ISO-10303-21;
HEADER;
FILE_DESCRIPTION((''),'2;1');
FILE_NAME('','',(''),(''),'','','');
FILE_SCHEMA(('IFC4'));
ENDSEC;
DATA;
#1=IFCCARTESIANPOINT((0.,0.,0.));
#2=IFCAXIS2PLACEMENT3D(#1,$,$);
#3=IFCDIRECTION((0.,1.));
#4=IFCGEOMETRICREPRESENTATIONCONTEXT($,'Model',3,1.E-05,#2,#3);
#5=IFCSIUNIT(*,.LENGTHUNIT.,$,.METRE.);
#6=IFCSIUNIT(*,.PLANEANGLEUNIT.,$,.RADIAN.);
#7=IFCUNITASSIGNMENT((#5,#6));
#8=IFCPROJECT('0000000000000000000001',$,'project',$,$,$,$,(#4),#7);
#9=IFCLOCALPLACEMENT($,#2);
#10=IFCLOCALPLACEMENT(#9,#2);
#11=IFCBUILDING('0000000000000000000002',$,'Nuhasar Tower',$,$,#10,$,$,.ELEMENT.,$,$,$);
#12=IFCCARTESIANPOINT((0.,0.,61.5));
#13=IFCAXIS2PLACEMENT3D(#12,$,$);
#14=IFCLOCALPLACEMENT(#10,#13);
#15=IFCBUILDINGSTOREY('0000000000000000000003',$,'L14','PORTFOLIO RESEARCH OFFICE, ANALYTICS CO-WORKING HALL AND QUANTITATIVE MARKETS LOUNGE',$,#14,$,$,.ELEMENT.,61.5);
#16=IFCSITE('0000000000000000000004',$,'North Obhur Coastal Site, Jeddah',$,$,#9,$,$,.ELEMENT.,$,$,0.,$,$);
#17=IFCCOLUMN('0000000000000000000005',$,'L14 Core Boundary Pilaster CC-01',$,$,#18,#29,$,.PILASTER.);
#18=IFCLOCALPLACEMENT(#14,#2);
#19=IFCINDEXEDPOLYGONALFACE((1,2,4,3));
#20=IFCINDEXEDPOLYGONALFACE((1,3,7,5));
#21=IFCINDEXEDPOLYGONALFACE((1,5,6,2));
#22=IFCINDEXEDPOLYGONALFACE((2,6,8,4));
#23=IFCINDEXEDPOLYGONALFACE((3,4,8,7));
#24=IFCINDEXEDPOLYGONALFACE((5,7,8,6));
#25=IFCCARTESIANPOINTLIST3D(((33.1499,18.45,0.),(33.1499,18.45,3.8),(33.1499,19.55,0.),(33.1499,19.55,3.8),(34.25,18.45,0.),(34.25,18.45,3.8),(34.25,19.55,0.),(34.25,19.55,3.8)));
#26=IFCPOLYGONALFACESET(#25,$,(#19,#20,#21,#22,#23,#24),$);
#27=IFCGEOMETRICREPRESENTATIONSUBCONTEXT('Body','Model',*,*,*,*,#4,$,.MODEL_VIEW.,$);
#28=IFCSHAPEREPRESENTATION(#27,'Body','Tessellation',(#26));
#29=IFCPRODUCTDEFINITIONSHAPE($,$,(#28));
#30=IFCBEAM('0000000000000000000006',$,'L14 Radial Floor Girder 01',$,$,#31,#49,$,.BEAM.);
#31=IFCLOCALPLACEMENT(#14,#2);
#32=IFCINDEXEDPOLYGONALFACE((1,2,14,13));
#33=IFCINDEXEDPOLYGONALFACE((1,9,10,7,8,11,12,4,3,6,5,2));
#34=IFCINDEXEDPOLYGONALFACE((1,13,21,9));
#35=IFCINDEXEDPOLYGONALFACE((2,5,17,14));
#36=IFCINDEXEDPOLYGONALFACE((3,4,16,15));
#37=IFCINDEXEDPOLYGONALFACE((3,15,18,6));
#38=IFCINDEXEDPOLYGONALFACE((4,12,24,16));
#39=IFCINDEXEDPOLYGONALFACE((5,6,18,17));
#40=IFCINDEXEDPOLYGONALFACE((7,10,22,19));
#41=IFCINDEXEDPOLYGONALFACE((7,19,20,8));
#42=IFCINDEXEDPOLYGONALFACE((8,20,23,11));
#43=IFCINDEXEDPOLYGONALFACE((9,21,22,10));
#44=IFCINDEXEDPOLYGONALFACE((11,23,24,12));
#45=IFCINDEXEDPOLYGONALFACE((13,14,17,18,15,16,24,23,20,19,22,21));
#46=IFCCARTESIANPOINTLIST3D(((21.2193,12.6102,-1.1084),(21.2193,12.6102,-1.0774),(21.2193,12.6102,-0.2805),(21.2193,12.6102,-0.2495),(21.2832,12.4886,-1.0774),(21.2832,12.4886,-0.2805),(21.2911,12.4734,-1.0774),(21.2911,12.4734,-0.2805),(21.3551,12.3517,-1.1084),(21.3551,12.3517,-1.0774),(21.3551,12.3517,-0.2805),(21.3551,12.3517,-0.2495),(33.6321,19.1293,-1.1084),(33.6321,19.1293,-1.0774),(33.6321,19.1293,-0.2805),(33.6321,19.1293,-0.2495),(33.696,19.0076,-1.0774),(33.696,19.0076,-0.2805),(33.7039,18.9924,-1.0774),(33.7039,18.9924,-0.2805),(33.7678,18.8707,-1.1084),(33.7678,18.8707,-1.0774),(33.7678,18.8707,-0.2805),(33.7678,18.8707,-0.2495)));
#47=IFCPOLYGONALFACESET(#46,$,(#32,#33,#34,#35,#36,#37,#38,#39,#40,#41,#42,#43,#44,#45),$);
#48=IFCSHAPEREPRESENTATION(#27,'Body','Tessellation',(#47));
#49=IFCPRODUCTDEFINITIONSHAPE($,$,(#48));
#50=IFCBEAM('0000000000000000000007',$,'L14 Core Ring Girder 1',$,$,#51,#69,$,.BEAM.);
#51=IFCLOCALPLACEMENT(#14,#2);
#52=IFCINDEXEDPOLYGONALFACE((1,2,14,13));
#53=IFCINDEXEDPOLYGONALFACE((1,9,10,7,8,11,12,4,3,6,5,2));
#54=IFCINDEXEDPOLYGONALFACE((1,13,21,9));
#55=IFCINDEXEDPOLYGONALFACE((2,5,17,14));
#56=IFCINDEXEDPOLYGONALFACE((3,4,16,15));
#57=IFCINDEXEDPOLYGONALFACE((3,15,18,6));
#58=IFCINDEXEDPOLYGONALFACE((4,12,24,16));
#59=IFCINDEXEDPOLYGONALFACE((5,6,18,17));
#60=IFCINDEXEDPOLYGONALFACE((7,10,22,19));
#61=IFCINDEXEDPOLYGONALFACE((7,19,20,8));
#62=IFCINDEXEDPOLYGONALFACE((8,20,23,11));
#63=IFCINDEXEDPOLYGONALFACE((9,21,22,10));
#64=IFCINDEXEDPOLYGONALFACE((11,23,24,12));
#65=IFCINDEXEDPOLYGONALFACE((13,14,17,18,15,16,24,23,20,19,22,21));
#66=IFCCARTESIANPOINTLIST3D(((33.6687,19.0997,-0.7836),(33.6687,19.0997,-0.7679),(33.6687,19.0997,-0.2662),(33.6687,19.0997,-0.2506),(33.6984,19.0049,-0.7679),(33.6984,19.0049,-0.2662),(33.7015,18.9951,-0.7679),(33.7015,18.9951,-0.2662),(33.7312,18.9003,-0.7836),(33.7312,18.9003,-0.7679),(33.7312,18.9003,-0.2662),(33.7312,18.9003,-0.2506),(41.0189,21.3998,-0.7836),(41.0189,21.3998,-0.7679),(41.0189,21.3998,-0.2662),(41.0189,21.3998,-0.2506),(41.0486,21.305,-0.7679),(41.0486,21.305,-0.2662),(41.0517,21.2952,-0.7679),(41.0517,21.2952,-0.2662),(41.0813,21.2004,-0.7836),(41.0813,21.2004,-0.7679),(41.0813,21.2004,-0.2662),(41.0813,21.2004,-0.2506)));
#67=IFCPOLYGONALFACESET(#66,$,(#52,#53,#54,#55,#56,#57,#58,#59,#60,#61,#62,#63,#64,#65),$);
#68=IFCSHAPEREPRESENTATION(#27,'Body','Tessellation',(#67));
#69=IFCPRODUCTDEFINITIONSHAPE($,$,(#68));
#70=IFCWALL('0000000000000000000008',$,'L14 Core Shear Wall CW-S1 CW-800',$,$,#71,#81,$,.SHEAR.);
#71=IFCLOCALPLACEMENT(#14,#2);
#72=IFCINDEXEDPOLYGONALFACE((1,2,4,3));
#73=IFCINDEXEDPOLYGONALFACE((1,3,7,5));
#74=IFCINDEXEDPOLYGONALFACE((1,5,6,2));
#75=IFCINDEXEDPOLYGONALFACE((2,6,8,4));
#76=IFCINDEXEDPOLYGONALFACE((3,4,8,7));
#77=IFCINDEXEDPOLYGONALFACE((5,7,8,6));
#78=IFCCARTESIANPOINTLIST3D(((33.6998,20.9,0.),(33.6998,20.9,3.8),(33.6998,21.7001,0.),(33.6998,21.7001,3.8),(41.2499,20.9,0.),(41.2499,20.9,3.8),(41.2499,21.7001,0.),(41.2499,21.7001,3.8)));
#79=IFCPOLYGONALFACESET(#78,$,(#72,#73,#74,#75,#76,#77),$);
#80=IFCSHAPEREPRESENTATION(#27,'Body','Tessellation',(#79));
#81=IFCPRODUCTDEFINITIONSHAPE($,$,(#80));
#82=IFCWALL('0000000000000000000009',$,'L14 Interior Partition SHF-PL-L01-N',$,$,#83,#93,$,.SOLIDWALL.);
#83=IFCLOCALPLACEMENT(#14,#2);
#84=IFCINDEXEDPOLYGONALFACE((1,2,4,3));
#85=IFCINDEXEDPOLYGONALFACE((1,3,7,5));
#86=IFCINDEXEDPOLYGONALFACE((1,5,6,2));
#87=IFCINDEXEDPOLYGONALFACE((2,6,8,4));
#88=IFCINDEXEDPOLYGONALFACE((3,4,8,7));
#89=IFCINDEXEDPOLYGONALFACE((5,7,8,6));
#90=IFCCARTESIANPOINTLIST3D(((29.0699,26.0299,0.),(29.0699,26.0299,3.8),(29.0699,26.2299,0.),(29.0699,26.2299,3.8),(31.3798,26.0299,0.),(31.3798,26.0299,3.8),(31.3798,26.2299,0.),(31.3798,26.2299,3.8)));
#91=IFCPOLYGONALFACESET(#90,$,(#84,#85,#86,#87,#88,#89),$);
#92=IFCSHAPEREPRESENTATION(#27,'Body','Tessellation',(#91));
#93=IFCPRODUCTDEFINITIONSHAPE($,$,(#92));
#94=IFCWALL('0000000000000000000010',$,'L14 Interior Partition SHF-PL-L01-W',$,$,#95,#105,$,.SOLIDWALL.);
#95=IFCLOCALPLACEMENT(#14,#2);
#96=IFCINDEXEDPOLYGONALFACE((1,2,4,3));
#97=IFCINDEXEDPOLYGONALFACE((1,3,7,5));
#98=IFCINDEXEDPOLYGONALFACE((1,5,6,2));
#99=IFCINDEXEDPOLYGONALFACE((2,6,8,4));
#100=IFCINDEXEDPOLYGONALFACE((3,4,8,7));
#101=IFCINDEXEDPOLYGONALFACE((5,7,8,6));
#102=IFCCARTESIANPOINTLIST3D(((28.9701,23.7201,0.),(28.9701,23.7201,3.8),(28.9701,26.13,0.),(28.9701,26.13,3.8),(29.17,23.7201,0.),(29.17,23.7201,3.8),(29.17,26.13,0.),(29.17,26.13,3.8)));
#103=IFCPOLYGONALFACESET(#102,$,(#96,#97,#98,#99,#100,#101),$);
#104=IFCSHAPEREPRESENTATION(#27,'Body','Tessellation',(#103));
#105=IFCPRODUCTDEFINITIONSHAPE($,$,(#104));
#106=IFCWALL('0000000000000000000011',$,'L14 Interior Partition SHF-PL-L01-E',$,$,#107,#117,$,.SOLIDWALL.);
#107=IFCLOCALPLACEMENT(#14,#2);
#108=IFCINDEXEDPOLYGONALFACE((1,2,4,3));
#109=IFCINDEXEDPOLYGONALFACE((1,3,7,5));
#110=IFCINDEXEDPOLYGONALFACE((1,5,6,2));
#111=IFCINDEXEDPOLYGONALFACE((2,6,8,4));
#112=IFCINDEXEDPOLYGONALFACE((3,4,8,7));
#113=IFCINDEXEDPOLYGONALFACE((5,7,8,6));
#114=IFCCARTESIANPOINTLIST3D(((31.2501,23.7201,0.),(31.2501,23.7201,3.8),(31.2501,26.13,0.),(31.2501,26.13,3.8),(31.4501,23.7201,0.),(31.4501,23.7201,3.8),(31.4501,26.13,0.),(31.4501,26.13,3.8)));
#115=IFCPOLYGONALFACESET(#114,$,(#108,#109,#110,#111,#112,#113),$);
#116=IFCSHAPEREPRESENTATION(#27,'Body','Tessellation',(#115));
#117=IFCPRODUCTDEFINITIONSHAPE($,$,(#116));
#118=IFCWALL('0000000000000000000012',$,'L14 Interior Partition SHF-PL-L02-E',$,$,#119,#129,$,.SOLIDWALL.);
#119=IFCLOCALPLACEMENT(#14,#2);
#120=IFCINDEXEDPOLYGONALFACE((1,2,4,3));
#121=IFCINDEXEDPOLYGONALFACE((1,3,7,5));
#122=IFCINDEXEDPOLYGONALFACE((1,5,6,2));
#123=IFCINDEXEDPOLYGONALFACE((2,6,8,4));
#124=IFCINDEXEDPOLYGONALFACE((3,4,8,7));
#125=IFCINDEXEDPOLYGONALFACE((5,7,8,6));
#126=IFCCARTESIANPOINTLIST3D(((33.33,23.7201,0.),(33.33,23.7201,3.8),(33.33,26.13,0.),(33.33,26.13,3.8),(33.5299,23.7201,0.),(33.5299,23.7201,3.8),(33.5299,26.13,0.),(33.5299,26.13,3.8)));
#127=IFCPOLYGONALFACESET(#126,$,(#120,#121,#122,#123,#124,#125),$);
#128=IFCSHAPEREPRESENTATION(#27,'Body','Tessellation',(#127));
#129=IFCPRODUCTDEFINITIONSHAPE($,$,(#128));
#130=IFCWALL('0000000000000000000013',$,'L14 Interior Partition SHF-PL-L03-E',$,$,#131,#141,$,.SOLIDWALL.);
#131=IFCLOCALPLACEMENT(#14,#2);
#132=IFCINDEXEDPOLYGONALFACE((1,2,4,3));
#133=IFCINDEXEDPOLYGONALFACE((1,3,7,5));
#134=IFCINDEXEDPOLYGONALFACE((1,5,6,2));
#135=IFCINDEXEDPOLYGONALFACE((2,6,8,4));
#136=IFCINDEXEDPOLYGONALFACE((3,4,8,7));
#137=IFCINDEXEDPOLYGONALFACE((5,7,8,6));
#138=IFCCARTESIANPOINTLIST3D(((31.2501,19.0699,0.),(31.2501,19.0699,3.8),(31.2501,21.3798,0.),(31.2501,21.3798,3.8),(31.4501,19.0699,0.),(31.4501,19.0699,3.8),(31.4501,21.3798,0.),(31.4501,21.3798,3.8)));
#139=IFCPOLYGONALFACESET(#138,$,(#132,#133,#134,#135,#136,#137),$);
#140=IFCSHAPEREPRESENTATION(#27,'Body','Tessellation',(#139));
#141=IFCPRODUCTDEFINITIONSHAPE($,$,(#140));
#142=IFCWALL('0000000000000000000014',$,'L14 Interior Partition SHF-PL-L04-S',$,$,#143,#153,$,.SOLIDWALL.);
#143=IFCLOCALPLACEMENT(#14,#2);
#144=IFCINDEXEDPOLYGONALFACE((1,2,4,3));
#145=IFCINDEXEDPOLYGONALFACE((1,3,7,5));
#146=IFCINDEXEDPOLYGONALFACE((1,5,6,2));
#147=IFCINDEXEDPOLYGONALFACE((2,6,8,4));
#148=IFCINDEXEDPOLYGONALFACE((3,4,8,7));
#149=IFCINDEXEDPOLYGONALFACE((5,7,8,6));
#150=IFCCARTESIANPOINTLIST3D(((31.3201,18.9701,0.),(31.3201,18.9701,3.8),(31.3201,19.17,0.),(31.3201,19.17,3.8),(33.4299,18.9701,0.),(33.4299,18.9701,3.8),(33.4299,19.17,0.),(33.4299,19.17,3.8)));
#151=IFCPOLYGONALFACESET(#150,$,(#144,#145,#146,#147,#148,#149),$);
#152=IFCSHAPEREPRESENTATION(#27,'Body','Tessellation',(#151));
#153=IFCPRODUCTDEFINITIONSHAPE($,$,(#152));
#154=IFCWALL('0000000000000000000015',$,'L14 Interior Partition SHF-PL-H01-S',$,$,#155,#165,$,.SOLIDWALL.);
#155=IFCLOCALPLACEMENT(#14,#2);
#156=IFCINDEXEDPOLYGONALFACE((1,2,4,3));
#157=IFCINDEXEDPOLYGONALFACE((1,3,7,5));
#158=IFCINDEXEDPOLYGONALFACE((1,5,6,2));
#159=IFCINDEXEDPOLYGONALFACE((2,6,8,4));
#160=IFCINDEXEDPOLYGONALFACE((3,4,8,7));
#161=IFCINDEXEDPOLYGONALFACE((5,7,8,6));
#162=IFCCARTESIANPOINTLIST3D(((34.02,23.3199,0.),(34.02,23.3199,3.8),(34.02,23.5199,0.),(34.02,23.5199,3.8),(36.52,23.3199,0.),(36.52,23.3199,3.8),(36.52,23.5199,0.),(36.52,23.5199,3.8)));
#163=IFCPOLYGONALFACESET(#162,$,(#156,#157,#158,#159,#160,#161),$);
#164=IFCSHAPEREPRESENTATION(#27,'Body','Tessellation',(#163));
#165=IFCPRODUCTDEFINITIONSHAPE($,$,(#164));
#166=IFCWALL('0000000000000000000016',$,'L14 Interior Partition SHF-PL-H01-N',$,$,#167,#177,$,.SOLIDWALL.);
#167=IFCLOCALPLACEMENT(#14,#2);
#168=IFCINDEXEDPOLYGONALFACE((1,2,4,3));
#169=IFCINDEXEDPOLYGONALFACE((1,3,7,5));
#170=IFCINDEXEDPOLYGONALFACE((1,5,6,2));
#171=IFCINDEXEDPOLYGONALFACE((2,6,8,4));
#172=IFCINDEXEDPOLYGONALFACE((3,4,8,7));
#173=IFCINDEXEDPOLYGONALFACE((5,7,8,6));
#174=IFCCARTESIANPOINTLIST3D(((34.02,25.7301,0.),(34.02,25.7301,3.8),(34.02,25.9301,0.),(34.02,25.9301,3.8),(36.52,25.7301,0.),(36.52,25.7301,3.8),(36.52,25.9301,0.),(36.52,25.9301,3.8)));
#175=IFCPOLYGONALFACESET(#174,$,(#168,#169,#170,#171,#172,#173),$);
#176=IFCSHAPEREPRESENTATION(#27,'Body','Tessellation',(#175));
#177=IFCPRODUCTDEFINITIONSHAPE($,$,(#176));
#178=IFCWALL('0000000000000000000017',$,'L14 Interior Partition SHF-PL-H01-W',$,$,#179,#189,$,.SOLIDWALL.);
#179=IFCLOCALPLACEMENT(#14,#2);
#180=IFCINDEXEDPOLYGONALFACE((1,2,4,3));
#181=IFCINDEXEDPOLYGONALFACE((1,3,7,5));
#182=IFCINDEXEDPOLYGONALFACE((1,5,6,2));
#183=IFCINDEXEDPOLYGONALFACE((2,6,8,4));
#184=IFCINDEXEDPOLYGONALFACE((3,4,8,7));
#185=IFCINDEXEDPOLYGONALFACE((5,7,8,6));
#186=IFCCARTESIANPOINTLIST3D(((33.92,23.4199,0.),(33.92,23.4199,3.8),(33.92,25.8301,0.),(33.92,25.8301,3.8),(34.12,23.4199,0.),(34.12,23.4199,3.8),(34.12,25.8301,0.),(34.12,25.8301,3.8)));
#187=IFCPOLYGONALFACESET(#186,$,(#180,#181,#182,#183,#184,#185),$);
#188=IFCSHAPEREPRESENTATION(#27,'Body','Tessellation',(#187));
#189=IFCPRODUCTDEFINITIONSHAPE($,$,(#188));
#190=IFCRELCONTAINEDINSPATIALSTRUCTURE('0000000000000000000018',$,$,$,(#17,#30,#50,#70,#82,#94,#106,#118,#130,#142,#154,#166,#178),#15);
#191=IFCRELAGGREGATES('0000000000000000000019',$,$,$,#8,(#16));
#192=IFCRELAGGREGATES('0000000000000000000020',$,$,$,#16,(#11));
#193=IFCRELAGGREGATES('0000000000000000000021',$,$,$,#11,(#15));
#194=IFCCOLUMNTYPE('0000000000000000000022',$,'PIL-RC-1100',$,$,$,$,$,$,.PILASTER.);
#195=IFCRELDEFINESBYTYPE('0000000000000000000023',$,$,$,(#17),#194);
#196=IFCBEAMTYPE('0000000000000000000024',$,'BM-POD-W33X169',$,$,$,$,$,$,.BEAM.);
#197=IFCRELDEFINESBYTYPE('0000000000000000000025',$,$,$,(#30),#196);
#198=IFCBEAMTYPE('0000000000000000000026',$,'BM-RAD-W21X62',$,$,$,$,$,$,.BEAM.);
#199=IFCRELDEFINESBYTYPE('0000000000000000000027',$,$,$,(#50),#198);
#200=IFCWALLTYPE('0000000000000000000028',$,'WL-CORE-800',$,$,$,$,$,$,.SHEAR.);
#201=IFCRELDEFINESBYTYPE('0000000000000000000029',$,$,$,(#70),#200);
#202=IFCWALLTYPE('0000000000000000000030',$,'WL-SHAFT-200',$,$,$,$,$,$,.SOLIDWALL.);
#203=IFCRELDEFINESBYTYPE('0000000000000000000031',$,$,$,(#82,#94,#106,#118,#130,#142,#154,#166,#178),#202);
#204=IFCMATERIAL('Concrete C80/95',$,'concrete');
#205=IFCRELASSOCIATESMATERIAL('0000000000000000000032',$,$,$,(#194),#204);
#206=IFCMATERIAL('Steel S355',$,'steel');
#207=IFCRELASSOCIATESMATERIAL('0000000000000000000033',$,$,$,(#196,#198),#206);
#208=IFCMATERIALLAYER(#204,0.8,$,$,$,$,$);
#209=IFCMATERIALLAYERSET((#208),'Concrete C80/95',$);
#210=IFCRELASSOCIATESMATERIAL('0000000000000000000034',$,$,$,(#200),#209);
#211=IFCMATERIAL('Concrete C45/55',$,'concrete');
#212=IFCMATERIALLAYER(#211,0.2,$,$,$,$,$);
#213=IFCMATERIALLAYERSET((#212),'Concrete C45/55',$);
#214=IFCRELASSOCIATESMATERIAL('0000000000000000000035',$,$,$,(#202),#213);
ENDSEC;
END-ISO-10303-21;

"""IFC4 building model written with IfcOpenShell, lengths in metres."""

from ifc_helpers import new_model, si_unit, direction, frame, frame_2d, origin, origin_2d, place, context, subcontext, project, spatial, rectangle, i_section, extrude, material, layer, layer_set, material_profile, profile_set, type_object, element, save


model = new_model("IFC4")

# Units and contexts
model_context = context("Model", 3, precision=1e-05, world=origin(), true_north=direction((0.0, 1.0)))
body_context = subcontext(model_context, "Body", "Model", "MODEL_VIEW")
ifc_project = project(units=[si_unit("LENGTHUNIT", "METRE"), si_unit("PLANEANGLEUNIT", "RADIAN")], contexts=[model_context])

# Site, building, storey
site_placement = place(None, origin())
site = spatial("IfcSite", under=ifc_project, at=site_placement, Name="North Obhur Coastal Site, Jeddah", CompositionType="ELEMENT", RefElevation=0.0)
building_placement = place(site_placement, origin())
building = spatial("IfcBuilding", under=site, at=building_placement, Name="Nuhasar Tower", CompositionType="ELEMENT")
storey_placement = place(building_placement, frame((0.0, 0.0, 61.5)))
storey = spatial("IfcBuildingStorey", under=building, at=storey_placement, Name="L14", Description="PORTFOLIO RESEARCH OFFICE, ANALYTICS CO-WORKING HALL AND QUANTITATIVE MARKETS LOUNGE", CompositionType="ELEMENT", Elevation=61.5)

# Column
ifc_material_1 = material(Name="Concrete C80/95", Category="concrete")
ifc_material_profile_1 = material_profile(ifc_material_1, rectangle(XDim=1.1001, YDim=1.1001, at=origin_2d()), Name="RC1100X1100")
ifc_profile_set_1 = profile_set([ifc_material_profile_1], Name="Concrete C80/95")
column_type = type_object("IfcColumnType", Name="PIL-RC-1100", PredefinedType="PILASTER", material=ifc_profile_set_1)
column_placement = place(storey_placement, frame((33.7, 19.0, 0.0), z_axis=(0.0, 0.0, 1.0), x_axis=(1.0, 0.0, 0.0)))
element("IfcColumn", 1, at=column_placement, inside=storey, type_object=column_type, Name="L14 Core Boundary Pilaster CC-01", PredefinedType="PILASTER", context=body_context, shape_type="SweptSolid", body=[
    extrude(rectangle(XDim=1.1001, YDim=1.1001, at=origin_2d()), origin(), (0.0, 0.0, 1.0), 3.8),
])

# Beams
ifc_material_2 = material(Name="Steel S355", Category="steel")
ifc_material_profile_2 = material_profile(ifc_material_2, i_section(OverallWidth=0.292, OverallDepth=0.8589, WebThickness=0.0171, FlangeThickness=0.031, at=origin_2d()), Name="W33X169")
ifc_profile_set_2 = profile_set([ifc_material_profile_2], Name="Steel S355")
beam_type_1 = type_object("IfcBeamType", Name="BM-POD-W33X169", PredefinedType="BEAM", material=ifc_profile_set_2)
beam_1_placement = place(storey_placement, frame((33.7, 19.0, -0.679), z_axis=(-0.88533, -0.464963, 0.0), x_axis=(0.464963, -0.88533, 0.0)))
element("IfcBeam", 2, at=beam_1_placement, inside=storey, type_object=beam_type_1, Name="L14 Radial Floor Girder 01", PredefinedType="BEAM", context=body_context, shape_type="SweptSolid", body=[
    extrude(i_section(OverallWidth=0.292, OverallDepth=0.8589, WebThickness=0.0171, FlangeThickness=0.031, at=origin_2d()), origin(), (0.0, 0.0, 1.0), 14.0205),
])
ifc_material_profile_3 = material_profile(ifc_material_2, i_section(OverallWidth=0.209, OverallDepth=0.533, WebThickness=0.0103, FlangeThickness=0.0156, at=origin_2d()), Name="W21X62")
ifc_profile_set_3 = profile_set([ifc_material_profile_3], Name="Steel S355")
beam_type_2 = type_object("IfcBeamType", Name="BM-RAD-W21X62", PredefinedType="BEAM", material=ifc_profile_set_3)
beam_2_placement = place(storey_placement, frame((33.7, 19.0, -0.5171), z_axis=(0.954364, 0.298647, 0.0), x_axis=(-0.298647, 0.954364, 0.0)))
element("IfcBeam", 3, at=beam_2_placement, inside=storey, type_object=beam_type_2, Name="L14 Core Ring Girder 1", PredefinedType="BEAM", context=body_context, shape_type="SweptSolid", body=[
    extrude(i_section(OverallWidth=0.209, OverallDepth=0.533, WebThickness=0.0103, FlangeThickness=0.0156, at=origin_2d()), origin(), (0.0, 0.0, 1.0), 7.7017),
])

# Wall
ifc_layer_1 = layer(ifc_material_1, 0.8)
ifc_layer_set_1 = layer_set([ifc_layer_1], Name="Concrete C80/95")
wall_type_1 = type_object("IfcWallType", Name="WL-CORE-800", PredefinedType="SHEAR", material=ifc_layer_set_1)
wall_1_placement = place(storey_placement, frame((33.7, 21.3, 0.0), z_axis=(0.0, 0.0, 1.0), x_axis=(1.0, 0.0, 0.0)))
element("IfcWall", 4, at=wall_1_placement, inside=storey, type_object=wall_type_1, Name="L14 Core Shear Wall CW-S1 CW-800", PredefinedType="SHEAR", context=body_context, shape_type="SweptSolid", body=[
    extrude(rectangle(XDim=7.55, YDim=0.8, at=frame_2d((3.7749, 0.0))), origin(), (0.0, 0.0, 1.0), 3.8),
])

# Shared definitions
ifc_material_3 = material(Name="Concrete C45/55", Category="concrete")
ifc_layer_2 = layer(ifc_material_3, 0.2)
ifc_layer_set_2 = layer_set([ifc_layer_2], Name="Concrete C45/55")
wall_type_2 = type_object("IfcWallType", Name="WL-SHAFT-200", PredefinedType="SOLIDWALL", material=ifc_layer_set_2)

# Walls
wall_2_placement = place(storey_placement, frame((29.0701, 26.1299, 0.0), z_axis=(0.0, 0.0, 1.0), x_axis=(1.0, 0.0, 0.0)))
element("IfcWall", 5, at=wall_2_placement, inside=storey, type_object=wall_type_2, Name="L14 Interior Partition SHF-PL-L01-N", PredefinedType="SOLIDWALL", context=body_context, shape_type="SweptSolid", body=[
    extrude(rectangle(XDim=2.3098, YDim=0.2, at=frame_2d((1.1548, 0.0))), origin(), (0.0, 0.0, 1.0), 3.8),
])
for number, where, z_axis, x_axis, name in (
    (6, (29.0701, 23.72, 0.0), (0.0, 0.0, 1.0), (0.0, 1.0, 0.0), "L14 Interior Partition SHF-PL-L01-W"),
    (7, (31.3501, 23.72, 0.0), (0.0, 0.0, 1.0), (0.0, 1.0, 0.0), "L14 Interior Partition SHF-PL-L01-E"),
):
    element("IfcWall", number, at=place(storey_placement, frame(where, z_axis=z_axis, x_axis=x_axis)), inside=storey, type_object=wall_type_2, Name=name, PredefinedType="SOLIDWALL", context=body_context, shape_type="SweptSolid", body=[
        extrude(rectangle(XDim=2.4099, YDim=0.2, at=frame_2d((1.2051, 0.0))), origin(), (0.0, 0.0, 1.0), 3.8),
    ])

# Walls
wall_3_placement = place(storey_placement, frame((33.4299, 23.72, 0.0), z_axis=(0.0, 0.0, 1.0), x_axis=(0.0, 1.0, 0.0)))
element("IfcWall", 8, at=wall_3_placement, inside=storey, type_object=wall_type_2, Name="L14 Interior Partition SHF-PL-L02-E", PredefinedType="SOLIDWALL", context=body_context, shape_type="SweptSolid", body=[
    extrude(rectangle(XDim=2.4099, YDim=0.2, at=frame_2d((1.2051, 0.0))), origin(), (0.0, 0.0, 1.0), 3.8),
])
wall_4_placement = place(storey_placement, frame((31.3501, 19.0701, 0.0), z_axis=(0.0, 0.0, 1.0), x_axis=(0.0, 1.0, 0.0)))
element("IfcWall", 9, at=wall_4_placement, inside=storey, type_object=wall_type_2, Name="L14 Interior Partition SHF-PL-L03-E", PredefinedType="SOLIDWALL", context=body_context, shape_type="SweptSolid", body=[
    extrude(rectangle(XDim=2.3098, YDim=0.2, at=frame_2d((1.1548, 0.0))), origin(), (0.0, 0.0, 1.0), 3.8),
])
wall_5_placement = place(storey_placement, frame((31.3201, 19.0701, 0.0), z_axis=(0.0, 0.0, 1.0), x_axis=(1.0, 0.0, 0.0)))
element("IfcWall", 10, at=wall_5_placement, inside=storey, type_object=wall_type_2, Name="L14 Interior Partition SHF-PL-L04-S", PredefinedType="SOLIDWALL", context=body_context, shape_type="SweptSolid", body=[
    extrude(rectangle(XDim=2.1099, YDim=0.2, at=frame_2d((1.0549, 0.0))), origin(), (0.0, 0.0, 1.0), 3.8),
])

# Walls
for number, where, z_axis, x_axis, name in (
    (11, (34.02, 23.4199, 0.0), (0.0, 0.0, 1.0), (1.0, 0.0, 0.0), "L14 Interior Partition SHF-PL-H01-S"),
    (12, (34.02, 25.8301, 0.0), (0.0, 0.0, 1.0), (1.0, 0.0, 0.0), "L14 Interior Partition SHF-PL-H01-N"),
):
    element("IfcWall", number, at=place(storey_placement, frame(where, z_axis=z_axis, x_axis=x_axis)), inside=storey, type_object=wall_type_2, Name=name, PredefinedType="SOLIDWALL", context=body_context, shape_type="SweptSolid", body=[
        extrude(rectangle(XDim=2.5, YDim=0.2, at=frame_2d((1.25, 0.0))), origin(), (0.0, 0.0, 1.0), 3.8),
    ])
for number, where, z_axis, x_axis, name in (
    (13, (34.02, 23.4199, 0.0), (0.0, 0.0, 1.0), (0.0, 1.0, 0.0), "L14 Interior Partition SHF-PL-H01-W"),
):
    element("IfcWall", number, at=place(storey_placement, frame(where, z_axis=z_axis, x_axis=x_axis)), inside=storey, type_object=wall_type_2, Name=name, PredefinedType="SOLIDWALL", context=body_context, shape_type="SweptSolid", body=[
        extrude(rectangle(XDim=2.4102, YDim=0.2, at=frame_2d((1.2051, 0.0))), origin(), (0.0, 0.0, 1.0), 3.8),
    ])

save(model, "model.ifc")
